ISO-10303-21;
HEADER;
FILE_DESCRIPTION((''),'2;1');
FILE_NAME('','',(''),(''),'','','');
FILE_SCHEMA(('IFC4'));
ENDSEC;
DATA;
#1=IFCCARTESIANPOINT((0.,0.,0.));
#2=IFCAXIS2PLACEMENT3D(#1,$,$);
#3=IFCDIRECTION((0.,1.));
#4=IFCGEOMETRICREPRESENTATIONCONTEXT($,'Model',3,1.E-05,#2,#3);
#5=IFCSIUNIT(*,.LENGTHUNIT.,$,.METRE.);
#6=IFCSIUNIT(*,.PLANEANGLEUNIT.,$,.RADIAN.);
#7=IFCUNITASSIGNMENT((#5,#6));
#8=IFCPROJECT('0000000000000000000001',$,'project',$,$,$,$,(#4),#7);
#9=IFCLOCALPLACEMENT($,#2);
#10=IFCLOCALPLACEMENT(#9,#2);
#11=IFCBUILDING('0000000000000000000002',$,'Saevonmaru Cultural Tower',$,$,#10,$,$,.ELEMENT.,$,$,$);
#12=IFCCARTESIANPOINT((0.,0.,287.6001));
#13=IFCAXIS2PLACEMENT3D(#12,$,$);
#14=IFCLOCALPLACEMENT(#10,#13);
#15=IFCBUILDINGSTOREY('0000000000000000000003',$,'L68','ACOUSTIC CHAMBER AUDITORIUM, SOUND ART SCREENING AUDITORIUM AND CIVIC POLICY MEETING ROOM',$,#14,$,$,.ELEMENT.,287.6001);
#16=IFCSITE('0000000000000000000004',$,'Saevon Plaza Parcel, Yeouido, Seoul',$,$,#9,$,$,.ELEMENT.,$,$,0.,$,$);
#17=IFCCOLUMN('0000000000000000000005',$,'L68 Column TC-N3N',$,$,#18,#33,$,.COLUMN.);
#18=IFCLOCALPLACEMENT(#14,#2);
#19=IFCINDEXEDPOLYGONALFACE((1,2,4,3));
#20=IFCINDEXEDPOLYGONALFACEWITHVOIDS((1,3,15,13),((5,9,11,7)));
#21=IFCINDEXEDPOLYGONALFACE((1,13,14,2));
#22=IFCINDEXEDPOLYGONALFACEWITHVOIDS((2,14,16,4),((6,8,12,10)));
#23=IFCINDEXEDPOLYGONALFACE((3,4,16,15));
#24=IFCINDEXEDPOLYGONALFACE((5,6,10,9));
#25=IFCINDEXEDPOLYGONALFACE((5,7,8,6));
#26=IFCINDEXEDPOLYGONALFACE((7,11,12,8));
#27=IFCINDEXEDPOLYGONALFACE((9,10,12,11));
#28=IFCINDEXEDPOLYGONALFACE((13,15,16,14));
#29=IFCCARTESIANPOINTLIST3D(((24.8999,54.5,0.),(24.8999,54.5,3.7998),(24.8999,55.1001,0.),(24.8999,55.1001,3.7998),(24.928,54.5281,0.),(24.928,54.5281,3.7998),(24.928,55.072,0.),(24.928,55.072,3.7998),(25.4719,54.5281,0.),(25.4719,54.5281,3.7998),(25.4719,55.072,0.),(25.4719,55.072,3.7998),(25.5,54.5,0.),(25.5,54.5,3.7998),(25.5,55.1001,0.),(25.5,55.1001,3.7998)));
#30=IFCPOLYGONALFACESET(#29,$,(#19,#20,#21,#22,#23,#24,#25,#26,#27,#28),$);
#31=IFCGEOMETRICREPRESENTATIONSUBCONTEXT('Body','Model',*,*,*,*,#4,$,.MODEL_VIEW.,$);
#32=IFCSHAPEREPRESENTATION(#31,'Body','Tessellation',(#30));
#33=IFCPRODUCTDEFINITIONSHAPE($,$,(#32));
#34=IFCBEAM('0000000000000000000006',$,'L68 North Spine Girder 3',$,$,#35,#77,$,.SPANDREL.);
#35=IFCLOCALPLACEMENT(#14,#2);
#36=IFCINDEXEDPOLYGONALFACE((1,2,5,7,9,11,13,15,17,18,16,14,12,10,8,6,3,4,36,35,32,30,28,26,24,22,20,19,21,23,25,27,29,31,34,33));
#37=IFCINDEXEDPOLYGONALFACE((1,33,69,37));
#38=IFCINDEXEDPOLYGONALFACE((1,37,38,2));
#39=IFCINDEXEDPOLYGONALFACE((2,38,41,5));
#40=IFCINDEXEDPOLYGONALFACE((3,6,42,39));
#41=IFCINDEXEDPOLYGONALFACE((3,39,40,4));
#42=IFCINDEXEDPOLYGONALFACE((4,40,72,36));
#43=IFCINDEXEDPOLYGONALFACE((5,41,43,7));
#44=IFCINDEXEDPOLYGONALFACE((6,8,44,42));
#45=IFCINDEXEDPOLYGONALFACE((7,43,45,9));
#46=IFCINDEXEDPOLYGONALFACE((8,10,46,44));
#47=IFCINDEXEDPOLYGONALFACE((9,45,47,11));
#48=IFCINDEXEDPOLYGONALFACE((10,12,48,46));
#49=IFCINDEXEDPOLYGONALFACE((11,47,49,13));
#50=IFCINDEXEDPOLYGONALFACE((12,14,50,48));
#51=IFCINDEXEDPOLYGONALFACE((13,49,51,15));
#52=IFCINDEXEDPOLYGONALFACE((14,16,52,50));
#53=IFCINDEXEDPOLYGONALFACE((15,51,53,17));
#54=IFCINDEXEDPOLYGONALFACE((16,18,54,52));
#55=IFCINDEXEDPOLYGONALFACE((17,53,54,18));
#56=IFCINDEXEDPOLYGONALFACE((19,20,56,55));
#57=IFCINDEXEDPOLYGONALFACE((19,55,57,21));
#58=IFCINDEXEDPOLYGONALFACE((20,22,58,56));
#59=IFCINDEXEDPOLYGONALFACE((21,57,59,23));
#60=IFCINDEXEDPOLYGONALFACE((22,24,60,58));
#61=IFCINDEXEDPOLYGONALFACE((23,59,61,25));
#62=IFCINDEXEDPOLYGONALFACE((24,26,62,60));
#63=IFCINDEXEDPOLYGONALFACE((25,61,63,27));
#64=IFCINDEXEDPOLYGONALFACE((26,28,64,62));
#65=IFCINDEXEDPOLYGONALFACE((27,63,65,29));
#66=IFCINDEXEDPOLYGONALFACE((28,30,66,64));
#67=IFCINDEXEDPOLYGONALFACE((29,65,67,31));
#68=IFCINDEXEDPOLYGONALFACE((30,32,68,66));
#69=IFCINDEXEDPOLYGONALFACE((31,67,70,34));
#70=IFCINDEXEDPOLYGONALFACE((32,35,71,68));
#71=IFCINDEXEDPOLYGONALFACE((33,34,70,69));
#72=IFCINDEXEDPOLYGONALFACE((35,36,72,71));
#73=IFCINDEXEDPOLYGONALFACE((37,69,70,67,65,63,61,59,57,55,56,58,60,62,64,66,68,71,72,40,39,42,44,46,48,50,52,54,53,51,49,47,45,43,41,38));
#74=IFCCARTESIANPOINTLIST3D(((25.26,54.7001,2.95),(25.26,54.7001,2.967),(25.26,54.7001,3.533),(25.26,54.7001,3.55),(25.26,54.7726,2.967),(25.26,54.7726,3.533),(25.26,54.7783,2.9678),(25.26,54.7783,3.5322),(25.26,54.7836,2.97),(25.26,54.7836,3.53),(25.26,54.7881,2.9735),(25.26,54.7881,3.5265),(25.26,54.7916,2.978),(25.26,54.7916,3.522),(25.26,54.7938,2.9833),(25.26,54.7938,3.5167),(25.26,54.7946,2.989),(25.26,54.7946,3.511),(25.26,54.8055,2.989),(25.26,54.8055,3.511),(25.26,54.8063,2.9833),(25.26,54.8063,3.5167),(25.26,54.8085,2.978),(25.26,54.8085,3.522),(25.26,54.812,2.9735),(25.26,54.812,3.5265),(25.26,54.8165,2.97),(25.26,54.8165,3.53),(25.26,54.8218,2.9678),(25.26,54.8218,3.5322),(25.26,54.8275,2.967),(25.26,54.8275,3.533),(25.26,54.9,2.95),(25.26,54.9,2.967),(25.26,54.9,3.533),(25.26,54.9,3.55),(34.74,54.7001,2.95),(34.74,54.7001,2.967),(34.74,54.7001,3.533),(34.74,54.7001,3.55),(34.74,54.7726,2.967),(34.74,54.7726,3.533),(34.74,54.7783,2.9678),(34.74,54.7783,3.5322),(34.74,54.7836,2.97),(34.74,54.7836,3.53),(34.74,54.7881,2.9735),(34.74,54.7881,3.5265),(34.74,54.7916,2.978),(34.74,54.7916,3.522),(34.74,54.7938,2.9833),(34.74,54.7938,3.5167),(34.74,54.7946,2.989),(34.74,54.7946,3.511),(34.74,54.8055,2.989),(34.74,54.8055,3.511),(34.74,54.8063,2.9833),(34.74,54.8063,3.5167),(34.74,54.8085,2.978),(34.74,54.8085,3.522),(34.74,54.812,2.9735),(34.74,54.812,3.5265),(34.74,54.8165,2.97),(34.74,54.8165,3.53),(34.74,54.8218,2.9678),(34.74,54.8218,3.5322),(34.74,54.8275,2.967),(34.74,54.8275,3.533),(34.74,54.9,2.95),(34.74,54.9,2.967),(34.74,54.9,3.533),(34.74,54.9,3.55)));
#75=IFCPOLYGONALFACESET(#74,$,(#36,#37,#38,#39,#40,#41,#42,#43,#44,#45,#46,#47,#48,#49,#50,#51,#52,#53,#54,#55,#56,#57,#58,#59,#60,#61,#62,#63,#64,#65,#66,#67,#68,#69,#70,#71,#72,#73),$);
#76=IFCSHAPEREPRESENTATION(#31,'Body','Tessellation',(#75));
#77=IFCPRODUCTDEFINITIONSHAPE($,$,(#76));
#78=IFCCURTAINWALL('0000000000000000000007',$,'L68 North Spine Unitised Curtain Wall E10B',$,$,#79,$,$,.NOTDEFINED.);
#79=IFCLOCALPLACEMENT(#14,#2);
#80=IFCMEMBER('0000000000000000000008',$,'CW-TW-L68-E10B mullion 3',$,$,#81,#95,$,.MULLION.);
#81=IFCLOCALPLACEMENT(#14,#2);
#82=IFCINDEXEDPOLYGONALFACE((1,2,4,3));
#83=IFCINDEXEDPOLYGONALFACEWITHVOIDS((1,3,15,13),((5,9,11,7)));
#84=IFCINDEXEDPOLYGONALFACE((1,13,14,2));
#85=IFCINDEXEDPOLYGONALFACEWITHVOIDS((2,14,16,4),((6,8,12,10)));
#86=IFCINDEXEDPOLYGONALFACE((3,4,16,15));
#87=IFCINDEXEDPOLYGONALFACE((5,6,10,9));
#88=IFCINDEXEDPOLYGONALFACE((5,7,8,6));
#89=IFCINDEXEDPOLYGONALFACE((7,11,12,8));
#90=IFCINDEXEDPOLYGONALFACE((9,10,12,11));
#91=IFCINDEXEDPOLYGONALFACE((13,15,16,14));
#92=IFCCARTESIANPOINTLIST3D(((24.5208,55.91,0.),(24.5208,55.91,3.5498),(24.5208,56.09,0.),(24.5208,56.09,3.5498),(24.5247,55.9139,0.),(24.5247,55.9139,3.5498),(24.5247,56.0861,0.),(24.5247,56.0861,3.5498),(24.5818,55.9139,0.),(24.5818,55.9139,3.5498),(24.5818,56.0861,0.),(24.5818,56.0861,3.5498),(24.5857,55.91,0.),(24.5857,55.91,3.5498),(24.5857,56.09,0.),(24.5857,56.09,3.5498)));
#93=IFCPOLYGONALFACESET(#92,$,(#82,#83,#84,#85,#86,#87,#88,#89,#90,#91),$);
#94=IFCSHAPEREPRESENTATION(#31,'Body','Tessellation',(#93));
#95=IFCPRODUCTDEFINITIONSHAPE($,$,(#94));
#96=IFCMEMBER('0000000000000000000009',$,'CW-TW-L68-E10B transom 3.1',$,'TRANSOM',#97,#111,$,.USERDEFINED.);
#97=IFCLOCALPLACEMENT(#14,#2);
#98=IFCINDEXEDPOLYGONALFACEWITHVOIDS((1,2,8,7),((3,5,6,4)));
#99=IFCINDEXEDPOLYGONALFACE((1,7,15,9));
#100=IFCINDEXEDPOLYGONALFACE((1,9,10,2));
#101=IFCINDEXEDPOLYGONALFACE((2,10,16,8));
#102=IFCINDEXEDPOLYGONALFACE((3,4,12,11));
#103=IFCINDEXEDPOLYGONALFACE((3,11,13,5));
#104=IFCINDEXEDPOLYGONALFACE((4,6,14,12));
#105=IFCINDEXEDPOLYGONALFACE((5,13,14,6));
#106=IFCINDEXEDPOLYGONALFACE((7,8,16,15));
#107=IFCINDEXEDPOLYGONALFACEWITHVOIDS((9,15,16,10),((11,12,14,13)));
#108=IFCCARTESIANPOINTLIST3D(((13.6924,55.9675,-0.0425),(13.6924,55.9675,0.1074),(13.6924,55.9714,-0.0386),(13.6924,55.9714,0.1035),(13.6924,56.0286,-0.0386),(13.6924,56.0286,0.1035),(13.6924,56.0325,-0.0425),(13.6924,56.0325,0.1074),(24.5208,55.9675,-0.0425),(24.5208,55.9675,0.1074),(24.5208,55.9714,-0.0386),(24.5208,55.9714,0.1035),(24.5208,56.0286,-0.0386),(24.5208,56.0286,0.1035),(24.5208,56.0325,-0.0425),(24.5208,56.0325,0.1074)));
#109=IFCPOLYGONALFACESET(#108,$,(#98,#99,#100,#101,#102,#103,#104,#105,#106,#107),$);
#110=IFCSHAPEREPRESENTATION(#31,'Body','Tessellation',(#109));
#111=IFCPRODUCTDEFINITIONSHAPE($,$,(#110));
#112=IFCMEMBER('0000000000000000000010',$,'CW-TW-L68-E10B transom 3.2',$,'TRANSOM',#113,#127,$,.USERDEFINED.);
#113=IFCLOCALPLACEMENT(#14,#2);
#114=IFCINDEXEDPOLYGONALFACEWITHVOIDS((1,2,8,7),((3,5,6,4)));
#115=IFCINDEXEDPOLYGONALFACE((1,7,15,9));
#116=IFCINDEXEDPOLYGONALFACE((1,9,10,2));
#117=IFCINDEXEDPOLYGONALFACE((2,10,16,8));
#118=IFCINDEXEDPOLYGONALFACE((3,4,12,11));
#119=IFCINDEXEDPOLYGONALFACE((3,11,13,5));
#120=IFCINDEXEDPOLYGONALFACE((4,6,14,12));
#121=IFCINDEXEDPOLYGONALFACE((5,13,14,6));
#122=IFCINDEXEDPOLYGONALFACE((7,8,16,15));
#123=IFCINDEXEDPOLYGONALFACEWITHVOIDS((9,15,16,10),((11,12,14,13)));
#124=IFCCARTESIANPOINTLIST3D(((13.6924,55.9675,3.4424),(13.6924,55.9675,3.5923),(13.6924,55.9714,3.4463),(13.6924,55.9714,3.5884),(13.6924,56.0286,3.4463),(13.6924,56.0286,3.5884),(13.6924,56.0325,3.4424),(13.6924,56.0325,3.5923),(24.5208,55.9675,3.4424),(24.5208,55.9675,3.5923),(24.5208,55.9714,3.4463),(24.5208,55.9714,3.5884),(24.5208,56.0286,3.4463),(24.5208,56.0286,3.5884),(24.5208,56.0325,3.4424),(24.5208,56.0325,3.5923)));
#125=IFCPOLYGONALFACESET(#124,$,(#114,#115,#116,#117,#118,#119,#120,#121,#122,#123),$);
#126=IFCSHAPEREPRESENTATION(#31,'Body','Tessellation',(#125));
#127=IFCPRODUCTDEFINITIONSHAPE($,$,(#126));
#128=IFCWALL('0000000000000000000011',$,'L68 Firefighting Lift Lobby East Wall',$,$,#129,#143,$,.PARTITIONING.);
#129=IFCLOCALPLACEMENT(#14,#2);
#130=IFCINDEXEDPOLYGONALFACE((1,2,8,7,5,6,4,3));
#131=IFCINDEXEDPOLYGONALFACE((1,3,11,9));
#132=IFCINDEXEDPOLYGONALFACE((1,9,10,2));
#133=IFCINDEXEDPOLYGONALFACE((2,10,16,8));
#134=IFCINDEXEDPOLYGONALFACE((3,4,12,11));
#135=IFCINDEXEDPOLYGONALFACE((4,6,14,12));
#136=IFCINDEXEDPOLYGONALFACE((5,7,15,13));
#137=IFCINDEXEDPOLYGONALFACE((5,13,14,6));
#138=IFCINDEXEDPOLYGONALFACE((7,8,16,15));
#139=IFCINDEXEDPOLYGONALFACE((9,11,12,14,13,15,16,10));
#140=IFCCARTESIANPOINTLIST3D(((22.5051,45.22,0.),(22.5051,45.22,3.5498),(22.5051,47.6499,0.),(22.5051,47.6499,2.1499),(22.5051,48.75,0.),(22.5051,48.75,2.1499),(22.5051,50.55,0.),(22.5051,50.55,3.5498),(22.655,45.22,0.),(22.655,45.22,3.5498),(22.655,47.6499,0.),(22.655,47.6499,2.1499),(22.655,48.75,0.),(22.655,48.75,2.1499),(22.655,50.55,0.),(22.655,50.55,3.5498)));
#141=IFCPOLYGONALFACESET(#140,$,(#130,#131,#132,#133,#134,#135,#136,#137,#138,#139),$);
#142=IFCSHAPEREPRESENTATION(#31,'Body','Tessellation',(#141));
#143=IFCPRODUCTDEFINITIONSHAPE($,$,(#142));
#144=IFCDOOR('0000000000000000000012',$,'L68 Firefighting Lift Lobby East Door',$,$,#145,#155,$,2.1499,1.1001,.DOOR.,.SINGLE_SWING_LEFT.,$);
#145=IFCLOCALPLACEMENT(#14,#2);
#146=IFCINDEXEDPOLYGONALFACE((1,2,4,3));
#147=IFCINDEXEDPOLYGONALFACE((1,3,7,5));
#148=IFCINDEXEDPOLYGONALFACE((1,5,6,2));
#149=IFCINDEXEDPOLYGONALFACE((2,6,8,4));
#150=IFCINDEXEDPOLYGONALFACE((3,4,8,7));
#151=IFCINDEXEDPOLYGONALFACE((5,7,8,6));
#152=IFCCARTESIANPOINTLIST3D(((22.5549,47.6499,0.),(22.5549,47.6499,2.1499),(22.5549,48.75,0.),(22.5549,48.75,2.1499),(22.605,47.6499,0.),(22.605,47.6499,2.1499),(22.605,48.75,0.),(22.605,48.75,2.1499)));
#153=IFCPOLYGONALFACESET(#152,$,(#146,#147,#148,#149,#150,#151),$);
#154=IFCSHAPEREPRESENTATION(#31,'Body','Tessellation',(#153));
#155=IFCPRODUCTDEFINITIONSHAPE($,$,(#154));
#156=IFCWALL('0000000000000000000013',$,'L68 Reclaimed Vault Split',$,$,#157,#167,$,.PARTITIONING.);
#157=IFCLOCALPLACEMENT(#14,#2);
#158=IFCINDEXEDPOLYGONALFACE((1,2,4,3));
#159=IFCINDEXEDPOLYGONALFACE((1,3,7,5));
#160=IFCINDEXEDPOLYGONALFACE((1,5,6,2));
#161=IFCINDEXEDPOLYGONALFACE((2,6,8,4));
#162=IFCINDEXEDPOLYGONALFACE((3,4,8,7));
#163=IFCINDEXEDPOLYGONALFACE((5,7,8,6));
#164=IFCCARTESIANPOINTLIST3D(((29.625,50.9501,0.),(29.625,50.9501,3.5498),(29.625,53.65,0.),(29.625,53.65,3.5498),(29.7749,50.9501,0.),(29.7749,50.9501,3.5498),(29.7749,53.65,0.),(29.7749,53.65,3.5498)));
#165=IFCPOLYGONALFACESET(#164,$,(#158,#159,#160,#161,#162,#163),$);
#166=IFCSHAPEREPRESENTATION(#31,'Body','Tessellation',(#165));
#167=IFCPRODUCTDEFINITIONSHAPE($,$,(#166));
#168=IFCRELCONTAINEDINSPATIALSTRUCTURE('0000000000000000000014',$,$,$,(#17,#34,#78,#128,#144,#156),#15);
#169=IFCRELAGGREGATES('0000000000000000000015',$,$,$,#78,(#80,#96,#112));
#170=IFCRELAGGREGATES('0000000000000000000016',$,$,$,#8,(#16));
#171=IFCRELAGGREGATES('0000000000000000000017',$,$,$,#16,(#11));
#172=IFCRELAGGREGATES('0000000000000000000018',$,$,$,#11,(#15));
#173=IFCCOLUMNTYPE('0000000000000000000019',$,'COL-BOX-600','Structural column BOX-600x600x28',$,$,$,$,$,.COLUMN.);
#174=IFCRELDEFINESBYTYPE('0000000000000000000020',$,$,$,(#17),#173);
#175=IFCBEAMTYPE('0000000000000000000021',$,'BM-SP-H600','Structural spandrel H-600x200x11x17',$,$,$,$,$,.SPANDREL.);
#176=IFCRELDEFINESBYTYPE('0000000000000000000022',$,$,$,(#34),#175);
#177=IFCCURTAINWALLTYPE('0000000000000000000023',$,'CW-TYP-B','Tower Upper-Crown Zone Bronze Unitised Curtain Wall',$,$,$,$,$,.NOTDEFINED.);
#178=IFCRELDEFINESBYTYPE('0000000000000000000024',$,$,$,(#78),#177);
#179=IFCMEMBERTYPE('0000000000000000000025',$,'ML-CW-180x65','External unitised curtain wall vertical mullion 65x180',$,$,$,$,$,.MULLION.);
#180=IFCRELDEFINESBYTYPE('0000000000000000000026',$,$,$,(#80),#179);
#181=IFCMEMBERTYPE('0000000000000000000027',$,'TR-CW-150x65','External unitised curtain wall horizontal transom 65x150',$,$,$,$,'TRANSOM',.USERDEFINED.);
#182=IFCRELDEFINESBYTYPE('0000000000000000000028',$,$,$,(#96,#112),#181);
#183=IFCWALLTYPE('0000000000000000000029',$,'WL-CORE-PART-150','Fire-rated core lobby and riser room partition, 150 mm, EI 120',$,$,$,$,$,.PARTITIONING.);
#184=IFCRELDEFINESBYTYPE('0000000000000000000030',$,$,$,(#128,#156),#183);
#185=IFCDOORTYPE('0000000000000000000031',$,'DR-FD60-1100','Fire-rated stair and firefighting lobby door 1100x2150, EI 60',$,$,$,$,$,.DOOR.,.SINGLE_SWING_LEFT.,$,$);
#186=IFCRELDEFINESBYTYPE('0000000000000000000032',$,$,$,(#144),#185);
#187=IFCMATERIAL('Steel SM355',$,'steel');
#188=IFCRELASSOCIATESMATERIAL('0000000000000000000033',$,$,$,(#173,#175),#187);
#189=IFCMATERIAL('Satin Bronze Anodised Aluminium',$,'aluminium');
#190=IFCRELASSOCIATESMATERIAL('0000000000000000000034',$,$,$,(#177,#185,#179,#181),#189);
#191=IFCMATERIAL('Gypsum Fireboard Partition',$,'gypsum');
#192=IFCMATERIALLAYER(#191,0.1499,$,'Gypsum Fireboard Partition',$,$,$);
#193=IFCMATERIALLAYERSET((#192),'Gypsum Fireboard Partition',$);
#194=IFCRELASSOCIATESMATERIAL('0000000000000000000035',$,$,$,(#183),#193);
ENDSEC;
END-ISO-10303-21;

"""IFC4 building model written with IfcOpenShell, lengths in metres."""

from ifc_helpers import new_model, si_unit, direction, frame, frame_2d, origin, origin_2d, place, context, subcontext, project, spatial, rectangle, hollow_rectangle, i_section, extrude, material, layer, layer_set, material_profile, profile_set, type_object, element, fill, aggregate, save


model = new_model("IFC4")

# Units and contexts
model_context = context("Model", 3, precision=1e-05, world=origin(), true_north=direction((0.0, 1.0)))
body_context = subcontext(model_context, "Body", "Model", "MODEL_VIEW")
ifc_project = project(units=[si_unit("LENGTHUNIT", "METRE"), si_unit("PLANEANGLEUNIT", "RADIAN")], contexts=[model_context])

# Site, building, storey
site_placement = place(None, origin())
site = spatial("IfcSite", under=ifc_project, at=site_placement, Name="Saevon Plaza Parcel, Yeouido, Seoul", CompositionType="ELEMENT", RefElevation=0.0)
building_placement = place(site_placement, origin())
building = spatial("IfcBuilding", under=site, at=building_placement, Name="Saevonmaru Cultural Tower", CompositionType="ELEMENT")
storey_placement = place(building_placement, frame((0.0, 0.0, 287.6001)))
storey = spatial("IfcBuildingStorey", under=building, at=storey_placement, Name="L68", Description="ACOUSTIC CHAMBER AUDITORIUM, SOUND ART SCREENING AUDITORIUM AND CIVIC POLICY MEETING ROOM", CompositionType="ELEMENT", Elevation=287.6001)

# Column
ifc_material_1 = material(Name="Steel SM355", Category="steel")
ifc_material_profile_1 = material_profile(ifc_material_1, hollow_rectangle(XDim=0.6001, YDim=0.6001, WallThickness=0.0281, at=origin_2d()), Name="BOX-600x600x28")
ifc_profile_set_1 = profile_set([ifc_material_profile_1], Name="Steel SM355")
column_type = type_object("IfcColumnType", Name="COL-BOX-600", Description="Structural column BOX-600x600x28", PredefinedType="COLUMN", material=ifc_profile_set_1)
column_placement = place(storey_placement, frame((25.2, 54.8, 0.0), z_axis=(0.0, 0.0, 1.0), x_axis=(1.0, 0.0, 0.0)))
element("IfcColumn", 1, at=column_placement, inside=storey, type_object=column_type, Name="L68 Column TC-N3N", PredefinedType="COLUMN", context=body_context, shape_type="SweptSolid", body=[
    extrude(hollow_rectangle(XDim=0.6001, YDim=0.6001, WallThickness=0.0281, at=origin_2d()), origin(), (0.0, 0.0, 1.0), 3.7998),
])

# Beam
ifc_material_profile_2 = material_profile(ifc_material_1, i_section(OverallWidth=0.2, OverallDepth=0.6001, WebThickness=0.011, FlangeThickness=0.0171, FilletRadius=0.022, at=origin_2d()), Name="H-600x200x11x17")
ifc_profile_set_2 = profile_set([ifc_material_profile_2], Name="Steel SM355")
beam_type = type_object("IfcBeamType", Name="BM-SP-H600", Description="Structural spandrel H-600x200x11x17", PredefinedType="SPANDREL", material=ifc_profile_set_2)
beam_placement = place(storey_placement, frame((25.26, 54.8, 3.25), z_axis=(1.0, 0.0, 0.0), x_axis=(0.0, 1.0, 0.0)))
element("IfcBeam", 2, at=beam_placement, inside=storey, type_object=beam_type, Name="L68 North Spine Girder 3", PredefinedType="SPANDREL", context=body_context, shape_type="SweptSolid", body=[
    extrude(i_section(OverallWidth=0.2, OverallDepth=0.6001, WebThickness=0.011, FlangeThickness=0.0171, FilletRadius=0.022, at=origin_2d()), origin(), (0.0, 0.0, 1.0), 9.48),
])

# Curtain wall, members
ifc_material_2 = material(Name="Satin Bronze Anodised Aluminium", Category="aluminium")
curtain_wall_type = type_object("IfcCurtainWallType", Name="CW-TYP-B", Description="Tower Upper-Crown Zone Bronze Unitised Curtain Wall", PredefinedType="NOTDEFINED", material=ifc_material_2)
curtain_wall_placement = place(storey_placement, origin())
curtain_wall = element("IfcCurtainWall", 3, at=curtain_wall_placement, inside=storey, type_object=curtain_wall_type, Name="L68 North Spine Unitised Curtain Wall E10B", PredefinedType="NOTDEFINED")
ifc_material_profile_3 = material_profile(ifc_material_2, hollow_rectangle(XDim=0.0649, YDim=0.1799, WallThickness=0.0039, at=origin_2d()), Name="ALU-MULL-180x65x4")
ifc_profile_set_3 = profile_set([ifc_material_profile_3], Name="Satin Bronze Anodised Aluminium")
member_type_1 = type_object("IfcMemberType", Name="ML-CW-180x65", Description="External unitised curtain wall vertical mullion 65x180", PredefinedType="MULLION", material=ifc_profile_set_3)
member_1_placement = place(storey_placement, frame((24.5532, 56.0, 0.0), z_axis=(0.0, 0.0, 1.0), x_axis=(-1.0, 0.0, 0.0)))
member_1 = element("IfcMember", 4, at=member_1_placement, type_object=member_type_1, Name="CW-TW-L68-E10B mullion 3", PredefinedType="MULLION", context=body_context, shape_type="SweptSolid", body=[
    extrude(hollow_rectangle(XDim=0.0649, YDim=0.1799, WallThickness=0.0039, at=origin_2d()), origin(), (0.0, 0.0, 1.0), 3.5498),
])
ifc_material_profile_4 = material_profile(ifc_material_2, hollow_rectangle(XDim=0.0649, YDim=0.1499, WallThickness=0.0039, at=origin_2d()), Name="ALU-TRAN-150x65x4")
ifc_profile_set_4 = profile_set([ifc_material_profile_4], Name="Satin Bronze Anodised Aluminium")
member_type_2 = type_object("IfcMemberType", Name="TR-CW-150x65", Description="External unitised curtain wall horizontal transom 65x150", ElementType="TRANSOM", PredefinedType="USERDEFINED", material=ifc_profile_set_4)
member_2_placement = place(storey_placement, frame((24.5208, 56.0, 0.0325), z_axis=(-1.0, 0.0, 0.0), x_axis=(0.0, -1.0, 0.0)))
member_2 = element("IfcMember", 5, at=member_2_placement, type_object=member_type_2, Name="CW-TW-L68-E10B transom 3.1", ObjectType="TRANSOM", PredefinedType="USERDEFINED", context=body_context, shape_type="SweptSolid", body=[
    extrude(hollow_rectangle(XDim=0.0649, YDim=0.1499, WallThickness=0.0039, at=origin_2d()), origin(), (0.0, 0.0, 1.0), 10.8284),
])
member_3_placement = place(storey_placement, frame((24.5208, 56.0, 3.5173), z_axis=(-1.0, 0.0, 0.0), x_axis=(0.0, -1.0, 0.0)))
member_3 = element("IfcMember", 6, at=member_3_placement, type_object=member_type_2, Name="CW-TW-L68-E10B transom 3.2", ObjectType="TRANSOM", PredefinedType="USERDEFINED", context=body_context, shape_type="SweptSolid", body=[
    extrude(hollow_rectangle(XDim=0.0649, YDim=0.1499, WallThickness=0.0039, at=origin_2d()), origin(), (0.0, 0.0, 1.0), 10.8284),
])
aggregate(curtain_wall, [member_1, member_2, member_3])

# Wall, opening, door
ifc_material_3 = material(Name="Gypsum Fireboard Partition", Category="gypsum")
ifc_layer_1 = layer(ifc_material_3, 0.1499, Name="Gypsum Fireboard Partition")
ifc_layer_set_1 = layer_set([ifc_layer_1], Name="Gypsum Fireboard Partition")
wall_type_1 = type_object("IfcWallType", Name="WL-CORE-PART-150", Description="Fire-rated core lobby and riser room partition, 150 mm, EI 120", PredefinedType="PARTITIONING", material=ifc_layer_set_1)
wall_1_placement = place(storey_placement, frame((22.5801, 50.55, 0.0), z_axis=(0.0, 0.0, 1.0), x_axis=(0.0, -1.0, 0.0)))
wall_1 = element("IfcWall", 7, at=wall_1_placement, inside=storey, type_object=wall_type_1, Name="L68 Firefighting Lift Lobby East Wall", PredefinedType="PARTITIONING", context=body_context, shape_type="SweptSolid", body=[
    extrude(rectangle(XDim=5.3301, YDim=0.1499, at=frame_2d((2.665, 0.0))), origin(), (0.0, 0.0, 1.0), 3.5498),
])
opening_1_placement = place(wall_1_placement, frame((1.8, 0.0, 0.0)))
opening_1 = element("IfcOpeningElement", 8, at=opening_1_placement, cuts=wall_1, PredefinedType="OPENING", context=body_context, shape_type="SweptSolid", body=[
    extrude(rectangle(XDim=1.1001, YDim=2.1499, at=frame_2d((0.55, 1.075))), frame((0.0, 0.085, 0.0), z_axis=(0.0, -1.0, 0.0), x_axis=(1.0, 0.0, 0.0)), (0.0, 0.0, 1.0), 0.1699),
])
door_type_1 = type_object("IfcDoorType", Name="DR-FD60-1100", Description="Fire-rated stair and firefighting lobby door 1100x2150, EI 60", OperationType="SINGLE_SWING_LEFT", PredefinedType="DOOR", material=ifc_material_2)
door_1_placement = place(opening_1_placement, origin())
door_1 = element("IfcDoor", 9, at=door_1_placement, inside=storey, type_object=door_type_1, Name="L68 Firefighting Lift Lobby East Door", OperationType="SINGLE_SWING_LEFT", OverallHeight=2.1499, OverallWidth=1.1001, PredefinedType="DOOR", context=body_context, shape_type="SweptSolid", body=[
    extrude(rectangle(XDim=1.1001, YDim=2.1499, at=frame_2d((0.55, 1.075))), frame((0.0, 0.0249, 0.0), z_axis=(0.0, -1.0, 0.0), x_axis=(1.0, 0.0, 0.0)), (0.0, 0.0, 1.0), 0.05),
])
fill(opening_1, door_1)

# Wall
wall_2_placement = place(storey_placement, frame((29.7, 50.95, 0.0), z_axis=(0.0, 0.0, 1.0), x_axis=(0.0, 1.0, 0.0)))
element("IfcWall", 10, at=wall_2_placement, inside=storey, type_object=wall_type_1, Name="L68 Reclaimed Vault Split", PredefinedType="PARTITIONING", context=body_context, shape_type="SweptSolid", body=[
    extrude(rectangle(XDim=2.7, YDim=0.1499, at=frame_2d((1.3501, 0.0))), origin(), (0.0, 0.0, 1.0), 3.5498),
])

save(model, "model.ifc")
